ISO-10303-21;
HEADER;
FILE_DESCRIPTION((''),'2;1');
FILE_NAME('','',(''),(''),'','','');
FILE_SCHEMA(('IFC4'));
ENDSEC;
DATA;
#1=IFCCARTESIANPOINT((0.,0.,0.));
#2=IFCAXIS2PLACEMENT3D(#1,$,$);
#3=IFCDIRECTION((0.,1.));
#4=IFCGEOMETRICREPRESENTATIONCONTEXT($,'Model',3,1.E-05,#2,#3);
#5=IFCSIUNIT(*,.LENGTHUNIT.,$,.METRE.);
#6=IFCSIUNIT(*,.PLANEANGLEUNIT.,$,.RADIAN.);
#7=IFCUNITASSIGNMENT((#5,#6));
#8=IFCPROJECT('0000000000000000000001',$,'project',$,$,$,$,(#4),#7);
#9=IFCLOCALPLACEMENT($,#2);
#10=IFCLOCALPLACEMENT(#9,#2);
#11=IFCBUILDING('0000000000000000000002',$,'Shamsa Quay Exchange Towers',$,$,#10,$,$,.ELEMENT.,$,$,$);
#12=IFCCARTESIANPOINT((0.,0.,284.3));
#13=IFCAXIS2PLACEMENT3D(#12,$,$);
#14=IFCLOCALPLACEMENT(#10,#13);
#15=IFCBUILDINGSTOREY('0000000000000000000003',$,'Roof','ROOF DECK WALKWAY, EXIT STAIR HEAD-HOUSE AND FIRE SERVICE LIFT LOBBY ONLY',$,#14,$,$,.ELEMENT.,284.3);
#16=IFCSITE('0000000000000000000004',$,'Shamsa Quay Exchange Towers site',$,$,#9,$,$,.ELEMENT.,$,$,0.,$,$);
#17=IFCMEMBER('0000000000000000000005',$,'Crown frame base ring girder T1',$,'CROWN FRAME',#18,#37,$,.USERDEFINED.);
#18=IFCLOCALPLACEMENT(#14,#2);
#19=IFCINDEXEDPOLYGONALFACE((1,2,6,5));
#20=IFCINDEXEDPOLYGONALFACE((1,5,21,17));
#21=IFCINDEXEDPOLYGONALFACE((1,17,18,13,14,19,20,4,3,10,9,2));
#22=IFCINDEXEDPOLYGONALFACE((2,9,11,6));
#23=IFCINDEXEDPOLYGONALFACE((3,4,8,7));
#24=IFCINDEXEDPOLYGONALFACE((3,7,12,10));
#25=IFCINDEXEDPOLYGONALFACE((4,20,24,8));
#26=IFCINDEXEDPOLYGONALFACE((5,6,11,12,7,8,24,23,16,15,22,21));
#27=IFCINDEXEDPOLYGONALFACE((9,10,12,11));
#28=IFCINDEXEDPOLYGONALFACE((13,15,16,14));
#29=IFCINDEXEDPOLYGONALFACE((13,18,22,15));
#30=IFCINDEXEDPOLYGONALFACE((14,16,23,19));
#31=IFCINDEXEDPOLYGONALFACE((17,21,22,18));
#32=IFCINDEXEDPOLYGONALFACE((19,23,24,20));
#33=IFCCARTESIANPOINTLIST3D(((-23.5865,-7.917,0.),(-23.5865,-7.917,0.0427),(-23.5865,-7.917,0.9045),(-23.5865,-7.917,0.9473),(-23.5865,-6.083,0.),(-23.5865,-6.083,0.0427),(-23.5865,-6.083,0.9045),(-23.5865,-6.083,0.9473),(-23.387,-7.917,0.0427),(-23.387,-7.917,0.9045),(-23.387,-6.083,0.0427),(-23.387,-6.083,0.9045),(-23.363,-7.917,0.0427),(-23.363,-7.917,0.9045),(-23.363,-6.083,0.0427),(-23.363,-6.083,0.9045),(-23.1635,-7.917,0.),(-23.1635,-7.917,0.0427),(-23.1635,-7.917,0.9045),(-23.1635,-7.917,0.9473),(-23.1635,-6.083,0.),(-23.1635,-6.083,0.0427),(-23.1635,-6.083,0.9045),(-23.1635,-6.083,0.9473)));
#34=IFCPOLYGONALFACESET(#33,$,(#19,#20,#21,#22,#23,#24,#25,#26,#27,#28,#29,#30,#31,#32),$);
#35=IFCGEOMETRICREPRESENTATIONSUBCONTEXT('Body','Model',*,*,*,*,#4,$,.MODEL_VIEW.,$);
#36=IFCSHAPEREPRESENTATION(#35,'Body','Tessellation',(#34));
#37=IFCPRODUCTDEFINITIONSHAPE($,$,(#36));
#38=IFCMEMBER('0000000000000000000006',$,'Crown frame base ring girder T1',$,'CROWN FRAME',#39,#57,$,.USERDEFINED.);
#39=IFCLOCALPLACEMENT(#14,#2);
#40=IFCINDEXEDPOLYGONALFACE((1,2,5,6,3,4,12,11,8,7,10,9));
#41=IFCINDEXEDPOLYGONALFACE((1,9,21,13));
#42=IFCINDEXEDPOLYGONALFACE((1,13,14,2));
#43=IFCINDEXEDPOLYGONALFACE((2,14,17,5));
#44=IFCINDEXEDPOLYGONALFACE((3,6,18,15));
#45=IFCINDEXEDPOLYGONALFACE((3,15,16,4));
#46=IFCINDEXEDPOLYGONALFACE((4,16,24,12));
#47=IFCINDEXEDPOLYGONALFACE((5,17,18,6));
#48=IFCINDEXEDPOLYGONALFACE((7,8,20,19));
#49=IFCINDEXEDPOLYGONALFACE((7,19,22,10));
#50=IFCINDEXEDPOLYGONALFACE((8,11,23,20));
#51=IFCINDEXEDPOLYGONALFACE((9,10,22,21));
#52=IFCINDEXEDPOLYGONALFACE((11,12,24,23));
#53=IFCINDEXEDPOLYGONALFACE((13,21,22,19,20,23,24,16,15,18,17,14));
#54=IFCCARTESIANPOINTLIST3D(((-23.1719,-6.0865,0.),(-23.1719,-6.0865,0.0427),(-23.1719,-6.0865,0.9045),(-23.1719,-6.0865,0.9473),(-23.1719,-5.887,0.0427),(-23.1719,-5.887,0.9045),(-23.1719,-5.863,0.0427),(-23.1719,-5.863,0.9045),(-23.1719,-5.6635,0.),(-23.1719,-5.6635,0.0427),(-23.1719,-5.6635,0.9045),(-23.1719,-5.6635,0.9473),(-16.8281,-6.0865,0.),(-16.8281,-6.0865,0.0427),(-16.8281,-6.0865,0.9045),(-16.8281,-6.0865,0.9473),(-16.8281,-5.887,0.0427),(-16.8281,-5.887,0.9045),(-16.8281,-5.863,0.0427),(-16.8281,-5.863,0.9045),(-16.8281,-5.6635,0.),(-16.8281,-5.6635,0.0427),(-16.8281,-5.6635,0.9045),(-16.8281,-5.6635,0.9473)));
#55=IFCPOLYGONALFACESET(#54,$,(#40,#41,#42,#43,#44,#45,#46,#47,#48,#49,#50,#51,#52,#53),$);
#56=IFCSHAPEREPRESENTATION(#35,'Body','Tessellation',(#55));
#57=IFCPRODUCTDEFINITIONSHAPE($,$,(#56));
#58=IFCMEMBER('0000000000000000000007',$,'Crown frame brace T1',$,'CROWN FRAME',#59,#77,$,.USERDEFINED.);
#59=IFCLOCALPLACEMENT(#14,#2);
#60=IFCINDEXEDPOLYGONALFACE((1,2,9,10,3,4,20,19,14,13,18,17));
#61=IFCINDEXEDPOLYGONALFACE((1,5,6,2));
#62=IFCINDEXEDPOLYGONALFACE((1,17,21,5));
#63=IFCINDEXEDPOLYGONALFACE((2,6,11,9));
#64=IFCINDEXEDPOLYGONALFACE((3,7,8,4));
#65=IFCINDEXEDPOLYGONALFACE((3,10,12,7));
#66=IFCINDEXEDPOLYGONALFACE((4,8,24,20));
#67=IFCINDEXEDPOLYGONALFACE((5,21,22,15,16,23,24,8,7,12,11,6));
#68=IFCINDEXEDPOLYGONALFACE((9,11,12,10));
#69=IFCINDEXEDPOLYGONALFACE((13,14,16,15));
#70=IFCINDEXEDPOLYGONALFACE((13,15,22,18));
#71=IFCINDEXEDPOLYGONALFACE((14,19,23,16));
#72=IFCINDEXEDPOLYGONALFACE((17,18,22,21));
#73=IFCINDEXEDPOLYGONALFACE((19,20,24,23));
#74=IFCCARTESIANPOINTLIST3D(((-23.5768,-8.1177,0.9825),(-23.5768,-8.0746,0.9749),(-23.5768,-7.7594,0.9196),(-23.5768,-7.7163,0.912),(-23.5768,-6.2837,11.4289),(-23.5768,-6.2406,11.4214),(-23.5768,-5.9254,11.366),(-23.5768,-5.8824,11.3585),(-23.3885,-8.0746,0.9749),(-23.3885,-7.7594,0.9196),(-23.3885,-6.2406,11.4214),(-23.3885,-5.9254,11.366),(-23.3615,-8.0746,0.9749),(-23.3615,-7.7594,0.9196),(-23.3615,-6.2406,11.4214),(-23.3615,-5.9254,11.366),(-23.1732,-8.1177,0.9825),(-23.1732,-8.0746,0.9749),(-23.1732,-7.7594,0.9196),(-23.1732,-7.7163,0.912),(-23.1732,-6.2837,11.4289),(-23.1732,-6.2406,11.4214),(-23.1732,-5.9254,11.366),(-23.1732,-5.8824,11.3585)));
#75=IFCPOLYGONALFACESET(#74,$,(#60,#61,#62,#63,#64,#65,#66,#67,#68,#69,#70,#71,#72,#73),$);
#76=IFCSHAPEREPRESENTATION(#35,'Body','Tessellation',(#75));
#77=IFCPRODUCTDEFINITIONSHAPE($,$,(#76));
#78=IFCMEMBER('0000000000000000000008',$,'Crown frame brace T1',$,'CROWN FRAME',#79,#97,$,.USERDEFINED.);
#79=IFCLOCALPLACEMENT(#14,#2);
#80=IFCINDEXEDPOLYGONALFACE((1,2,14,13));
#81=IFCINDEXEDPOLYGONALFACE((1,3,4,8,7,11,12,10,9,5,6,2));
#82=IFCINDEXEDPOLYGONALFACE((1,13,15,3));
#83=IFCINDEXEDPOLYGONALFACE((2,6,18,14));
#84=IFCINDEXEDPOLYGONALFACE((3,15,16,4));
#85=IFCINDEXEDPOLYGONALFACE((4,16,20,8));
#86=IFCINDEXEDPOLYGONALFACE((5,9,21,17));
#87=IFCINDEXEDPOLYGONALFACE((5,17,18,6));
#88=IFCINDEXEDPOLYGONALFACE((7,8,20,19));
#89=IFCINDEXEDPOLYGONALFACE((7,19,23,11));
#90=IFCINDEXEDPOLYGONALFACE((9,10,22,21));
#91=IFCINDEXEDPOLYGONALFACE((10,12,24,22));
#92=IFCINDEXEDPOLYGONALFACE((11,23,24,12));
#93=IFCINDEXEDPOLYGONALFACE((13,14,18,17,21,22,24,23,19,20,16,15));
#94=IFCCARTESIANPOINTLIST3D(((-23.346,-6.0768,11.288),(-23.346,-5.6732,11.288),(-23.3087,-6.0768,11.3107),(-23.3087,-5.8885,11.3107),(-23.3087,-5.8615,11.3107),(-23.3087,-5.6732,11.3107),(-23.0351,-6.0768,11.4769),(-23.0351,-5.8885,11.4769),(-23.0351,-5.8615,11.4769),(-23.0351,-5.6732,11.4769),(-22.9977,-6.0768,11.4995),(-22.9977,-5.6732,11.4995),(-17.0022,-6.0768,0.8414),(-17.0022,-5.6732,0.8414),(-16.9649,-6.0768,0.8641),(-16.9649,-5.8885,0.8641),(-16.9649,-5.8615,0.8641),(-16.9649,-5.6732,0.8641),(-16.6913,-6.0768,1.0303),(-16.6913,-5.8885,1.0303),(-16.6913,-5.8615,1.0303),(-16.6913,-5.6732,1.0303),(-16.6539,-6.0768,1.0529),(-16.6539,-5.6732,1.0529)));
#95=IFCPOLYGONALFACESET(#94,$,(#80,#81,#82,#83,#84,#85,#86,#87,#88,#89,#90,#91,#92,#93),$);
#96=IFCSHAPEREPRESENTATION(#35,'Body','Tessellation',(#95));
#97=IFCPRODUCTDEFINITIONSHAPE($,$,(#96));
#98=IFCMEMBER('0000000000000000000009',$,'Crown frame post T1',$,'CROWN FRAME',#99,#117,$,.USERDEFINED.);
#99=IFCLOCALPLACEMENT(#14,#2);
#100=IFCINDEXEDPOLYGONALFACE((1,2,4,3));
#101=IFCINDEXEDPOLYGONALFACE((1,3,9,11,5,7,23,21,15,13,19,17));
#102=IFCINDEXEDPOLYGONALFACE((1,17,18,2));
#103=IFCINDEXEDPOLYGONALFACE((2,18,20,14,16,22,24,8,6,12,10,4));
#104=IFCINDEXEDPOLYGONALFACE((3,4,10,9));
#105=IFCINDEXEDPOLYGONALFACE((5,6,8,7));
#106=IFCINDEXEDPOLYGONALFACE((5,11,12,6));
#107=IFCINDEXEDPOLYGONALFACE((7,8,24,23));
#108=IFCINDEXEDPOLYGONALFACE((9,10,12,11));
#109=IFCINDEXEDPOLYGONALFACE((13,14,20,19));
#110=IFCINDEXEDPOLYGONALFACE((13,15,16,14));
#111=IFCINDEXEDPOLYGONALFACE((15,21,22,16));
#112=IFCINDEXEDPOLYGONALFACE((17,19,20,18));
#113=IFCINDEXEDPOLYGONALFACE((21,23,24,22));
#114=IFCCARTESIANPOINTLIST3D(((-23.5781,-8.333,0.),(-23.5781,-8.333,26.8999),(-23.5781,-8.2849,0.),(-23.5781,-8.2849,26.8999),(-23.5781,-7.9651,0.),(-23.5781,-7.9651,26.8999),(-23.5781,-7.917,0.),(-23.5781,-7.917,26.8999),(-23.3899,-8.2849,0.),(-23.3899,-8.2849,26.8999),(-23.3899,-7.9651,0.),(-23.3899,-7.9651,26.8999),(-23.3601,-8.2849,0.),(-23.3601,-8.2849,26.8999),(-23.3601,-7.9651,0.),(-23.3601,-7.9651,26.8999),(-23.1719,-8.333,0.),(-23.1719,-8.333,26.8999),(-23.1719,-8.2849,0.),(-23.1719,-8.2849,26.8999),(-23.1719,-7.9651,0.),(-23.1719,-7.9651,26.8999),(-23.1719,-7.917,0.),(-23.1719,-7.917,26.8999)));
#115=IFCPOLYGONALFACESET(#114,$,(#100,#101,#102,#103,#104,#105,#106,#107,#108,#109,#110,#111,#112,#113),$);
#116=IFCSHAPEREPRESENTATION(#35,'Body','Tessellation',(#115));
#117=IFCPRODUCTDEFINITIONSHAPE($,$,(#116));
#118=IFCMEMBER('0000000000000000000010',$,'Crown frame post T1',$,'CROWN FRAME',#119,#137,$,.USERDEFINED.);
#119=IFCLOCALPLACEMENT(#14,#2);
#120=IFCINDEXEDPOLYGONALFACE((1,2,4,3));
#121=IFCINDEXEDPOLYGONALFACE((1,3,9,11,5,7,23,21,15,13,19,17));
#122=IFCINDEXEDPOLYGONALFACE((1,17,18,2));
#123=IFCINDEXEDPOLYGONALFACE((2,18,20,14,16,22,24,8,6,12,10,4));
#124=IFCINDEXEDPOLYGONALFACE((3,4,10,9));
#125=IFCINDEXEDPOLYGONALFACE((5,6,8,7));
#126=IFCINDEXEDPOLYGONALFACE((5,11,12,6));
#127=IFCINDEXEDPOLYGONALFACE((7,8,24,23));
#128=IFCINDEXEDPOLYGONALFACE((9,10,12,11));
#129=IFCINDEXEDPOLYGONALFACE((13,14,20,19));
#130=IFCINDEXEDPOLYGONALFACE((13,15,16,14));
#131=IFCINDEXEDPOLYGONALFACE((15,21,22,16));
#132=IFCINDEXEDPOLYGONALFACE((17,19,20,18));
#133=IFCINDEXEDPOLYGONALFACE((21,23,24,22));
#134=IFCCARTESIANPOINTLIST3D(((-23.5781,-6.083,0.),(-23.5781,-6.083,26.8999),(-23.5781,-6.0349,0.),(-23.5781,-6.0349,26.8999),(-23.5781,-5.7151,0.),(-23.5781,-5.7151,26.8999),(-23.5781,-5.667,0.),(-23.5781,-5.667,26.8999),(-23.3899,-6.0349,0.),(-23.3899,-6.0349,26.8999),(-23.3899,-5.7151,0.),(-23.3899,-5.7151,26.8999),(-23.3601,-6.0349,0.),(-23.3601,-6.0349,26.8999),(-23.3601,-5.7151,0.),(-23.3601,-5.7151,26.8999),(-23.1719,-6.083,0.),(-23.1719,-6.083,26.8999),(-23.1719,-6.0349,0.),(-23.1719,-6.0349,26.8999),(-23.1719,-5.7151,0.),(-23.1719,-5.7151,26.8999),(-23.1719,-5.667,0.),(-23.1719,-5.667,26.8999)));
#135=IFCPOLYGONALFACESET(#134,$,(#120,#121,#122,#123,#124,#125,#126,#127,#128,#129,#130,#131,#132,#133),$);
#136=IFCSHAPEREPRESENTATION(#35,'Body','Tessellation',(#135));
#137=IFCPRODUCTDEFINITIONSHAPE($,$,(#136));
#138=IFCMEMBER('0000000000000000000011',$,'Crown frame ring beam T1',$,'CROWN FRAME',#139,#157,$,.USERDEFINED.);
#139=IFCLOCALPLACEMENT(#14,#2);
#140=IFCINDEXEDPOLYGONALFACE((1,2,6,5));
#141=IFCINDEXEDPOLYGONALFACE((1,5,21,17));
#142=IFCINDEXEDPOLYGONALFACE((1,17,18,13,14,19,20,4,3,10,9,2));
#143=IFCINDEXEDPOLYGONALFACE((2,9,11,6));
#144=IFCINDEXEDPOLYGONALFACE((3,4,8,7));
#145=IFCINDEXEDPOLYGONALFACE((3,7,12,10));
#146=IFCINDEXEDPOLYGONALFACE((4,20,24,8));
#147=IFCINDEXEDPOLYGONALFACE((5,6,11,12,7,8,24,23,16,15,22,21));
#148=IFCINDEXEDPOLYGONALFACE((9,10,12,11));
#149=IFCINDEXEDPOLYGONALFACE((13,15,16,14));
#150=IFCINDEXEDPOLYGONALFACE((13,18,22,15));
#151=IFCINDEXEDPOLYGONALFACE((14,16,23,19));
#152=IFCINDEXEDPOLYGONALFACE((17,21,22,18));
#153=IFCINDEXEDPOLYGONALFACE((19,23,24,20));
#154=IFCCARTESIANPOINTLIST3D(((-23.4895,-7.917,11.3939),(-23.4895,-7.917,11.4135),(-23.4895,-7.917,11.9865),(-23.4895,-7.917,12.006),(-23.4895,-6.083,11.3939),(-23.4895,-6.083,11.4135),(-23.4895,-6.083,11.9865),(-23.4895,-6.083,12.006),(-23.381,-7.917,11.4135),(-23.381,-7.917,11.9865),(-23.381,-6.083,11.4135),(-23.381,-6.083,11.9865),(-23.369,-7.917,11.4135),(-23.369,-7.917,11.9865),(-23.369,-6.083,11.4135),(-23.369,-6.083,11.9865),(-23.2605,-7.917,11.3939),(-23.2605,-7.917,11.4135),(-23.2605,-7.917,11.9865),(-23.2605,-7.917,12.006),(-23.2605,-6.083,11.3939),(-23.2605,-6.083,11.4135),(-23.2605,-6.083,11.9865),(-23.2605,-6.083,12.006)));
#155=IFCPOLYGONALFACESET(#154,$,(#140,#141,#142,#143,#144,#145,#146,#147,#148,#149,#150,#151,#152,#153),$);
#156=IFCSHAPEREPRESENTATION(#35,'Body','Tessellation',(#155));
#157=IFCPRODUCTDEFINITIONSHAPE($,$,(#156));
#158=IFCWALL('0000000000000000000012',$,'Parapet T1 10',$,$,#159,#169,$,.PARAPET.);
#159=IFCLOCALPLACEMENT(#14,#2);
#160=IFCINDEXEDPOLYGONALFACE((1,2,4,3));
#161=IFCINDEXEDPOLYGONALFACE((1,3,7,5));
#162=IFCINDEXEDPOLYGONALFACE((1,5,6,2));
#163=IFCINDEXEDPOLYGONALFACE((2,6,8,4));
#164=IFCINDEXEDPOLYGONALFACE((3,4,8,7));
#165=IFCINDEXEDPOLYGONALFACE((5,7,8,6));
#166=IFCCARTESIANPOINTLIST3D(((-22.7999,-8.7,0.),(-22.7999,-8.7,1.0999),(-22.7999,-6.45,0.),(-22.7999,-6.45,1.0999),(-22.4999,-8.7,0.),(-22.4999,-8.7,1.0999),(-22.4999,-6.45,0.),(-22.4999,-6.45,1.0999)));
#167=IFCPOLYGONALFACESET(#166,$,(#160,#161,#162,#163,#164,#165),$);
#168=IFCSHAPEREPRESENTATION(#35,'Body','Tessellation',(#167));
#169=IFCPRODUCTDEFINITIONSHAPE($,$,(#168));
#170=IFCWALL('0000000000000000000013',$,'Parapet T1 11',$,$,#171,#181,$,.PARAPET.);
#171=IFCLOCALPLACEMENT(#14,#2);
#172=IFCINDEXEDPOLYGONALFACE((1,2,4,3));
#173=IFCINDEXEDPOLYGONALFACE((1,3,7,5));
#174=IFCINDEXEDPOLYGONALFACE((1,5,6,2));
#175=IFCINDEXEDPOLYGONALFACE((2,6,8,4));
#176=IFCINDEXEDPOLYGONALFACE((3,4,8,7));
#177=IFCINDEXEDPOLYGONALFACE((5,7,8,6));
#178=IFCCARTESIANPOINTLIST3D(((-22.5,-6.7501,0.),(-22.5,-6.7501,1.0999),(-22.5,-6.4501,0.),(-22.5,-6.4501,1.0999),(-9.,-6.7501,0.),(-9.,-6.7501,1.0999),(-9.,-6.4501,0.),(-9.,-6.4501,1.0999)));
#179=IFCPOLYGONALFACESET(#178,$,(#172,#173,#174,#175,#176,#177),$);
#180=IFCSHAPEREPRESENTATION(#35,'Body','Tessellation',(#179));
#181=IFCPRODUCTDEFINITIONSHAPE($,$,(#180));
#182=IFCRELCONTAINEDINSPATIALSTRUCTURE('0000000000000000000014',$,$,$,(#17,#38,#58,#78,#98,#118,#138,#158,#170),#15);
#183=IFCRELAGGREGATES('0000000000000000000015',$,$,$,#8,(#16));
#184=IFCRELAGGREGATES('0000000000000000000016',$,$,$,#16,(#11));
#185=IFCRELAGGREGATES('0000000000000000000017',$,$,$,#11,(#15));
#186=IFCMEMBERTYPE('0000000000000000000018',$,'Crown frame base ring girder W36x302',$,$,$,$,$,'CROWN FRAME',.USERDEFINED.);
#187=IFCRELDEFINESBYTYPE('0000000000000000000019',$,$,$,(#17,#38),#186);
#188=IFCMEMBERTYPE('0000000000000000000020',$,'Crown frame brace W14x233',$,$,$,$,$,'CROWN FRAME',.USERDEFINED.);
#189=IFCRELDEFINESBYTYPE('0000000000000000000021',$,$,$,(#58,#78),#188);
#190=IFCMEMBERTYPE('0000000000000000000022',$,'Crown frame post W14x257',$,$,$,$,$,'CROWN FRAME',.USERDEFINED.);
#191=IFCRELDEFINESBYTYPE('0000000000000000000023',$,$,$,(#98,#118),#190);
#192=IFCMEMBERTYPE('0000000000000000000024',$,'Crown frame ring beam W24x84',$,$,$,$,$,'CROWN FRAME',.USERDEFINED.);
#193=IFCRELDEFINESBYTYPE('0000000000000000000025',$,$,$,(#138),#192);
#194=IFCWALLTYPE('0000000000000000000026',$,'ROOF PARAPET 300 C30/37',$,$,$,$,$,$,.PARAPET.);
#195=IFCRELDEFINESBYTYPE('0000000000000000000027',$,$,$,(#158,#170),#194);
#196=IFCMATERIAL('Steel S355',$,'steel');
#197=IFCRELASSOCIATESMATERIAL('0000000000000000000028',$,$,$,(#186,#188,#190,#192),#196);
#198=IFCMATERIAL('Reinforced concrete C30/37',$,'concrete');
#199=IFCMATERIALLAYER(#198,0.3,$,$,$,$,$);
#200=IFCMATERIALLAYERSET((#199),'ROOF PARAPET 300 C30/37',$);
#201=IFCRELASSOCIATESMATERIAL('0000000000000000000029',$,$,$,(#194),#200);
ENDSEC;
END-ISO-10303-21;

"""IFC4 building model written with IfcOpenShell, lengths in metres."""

from ifc_helpers import new_model, si_unit, direction, frame, frame_2d, origin, origin_2d, place, context, subcontext, project, spatial, rectangle, i_section, extrude, material, layer, layer_set, material_profile, profile_set, type_object, element, save


model = new_model("IFC4")

# Units and contexts
model_context = context("Model", 3, precision=1e-05, world=origin(), true_north=direction((0.0, 1.0)))
body_context = subcontext(model_context, "Body", "Model", "MODEL_VIEW")
ifc_project = project(units=[si_unit("LENGTHUNIT", "METRE"), si_unit("PLANEANGLEUNIT", "RADIAN")], contexts=[model_context])

# Site, building, storey
site_placement = place(None, origin())
site = spatial("IfcSite", under=ifc_project, at=site_placement, Name="Shamsa Quay Exchange Towers site", CompositionType="ELEMENT", RefElevation=0.0)
building_placement = place(site_placement, origin())
building = spatial("IfcBuilding", under=site, at=building_placement, Name="Shamsa Quay Exchange Towers", CompositionType="ELEMENT")
storey_placement = place(building_placement, frame((0.0, 0.0, 284.3)))
storey = spatial("IfcBuildingStorey", under=building, at=storey_placement, Name="Roof", Description="ROOF DECK WALKWAY, EXIT STAIR HEAD-HOUSE AND FIRE SERVICE LIFT LOBBY ONLY", CompositionType="ELEMENT", Elevation=284.3)

# Members
ifc_material_1 = material(Name="Steel S355", Category="steel")
ifc_material_profile_1 = material_profile(ifc_material_1, i_section(OverallWidth=0.4231, OverallDepth=0.9473, WebThickness=0.0239, FlangeThickness=0.0427, at=origin_2d()), Name="W36x302")
ifc_profile_set_1 = profile_set([ifc_material_profile_1], Name="Steel S355")
member_type_1 = type_object("IfcMemberType", Name="Crown frame base ring girder W36x302", ElementType="CROWN FRAME", PredefinedType="USERDEFINED", material=ifc_profile_set_1)
member_1_placement = place(storey_placement, frame((-23.375, -7.917, 0.4736), z_axis=(0.0, 1.0, 0.0), x_axis=(-1.0, 0.0, 0.0)))
element("IfcMember", 1, at=member_1_placement, inside=storey, type_object=member_type_1, Name="Crown frame base ring girder T1", ObjectType="CROWN FRAME", PredefinedType="USERDEFINED", context=body_context, shape_type="SweptSolid", body=[
    extrude(i_section(OverallWidth=0.4231, OverallDepth=0.9473, WebThickness=0.0239, FlangeThickness=0.0427, at=origin_2d()), origin(), (0.0, 0.0, 1.0), 1.834),
])
member_2_placement = place(storey_placement, frame((-23.1719, -5.875, 0.4736), z_axis=(1.0, 0.0, 0.0), x_axis=(0.0, 1.0, 0.0)))
element("IfcMember", 2, at=member_2_placement, inside=storey, type_object=member_type_1, Name="Crown frame base ring girder T1", ObjectType="CROWN FRAME", PredefinedType="USERDEFINED", context=body_context, shape_type="SweptSolid", body=[
    extrude(i_section(OverallWidth=0.4231, OverallDepth=0.9473, WebThickness=0.0239, FlangeThickness=0.0427, at=origin_2d()), origin(), (0.0, 0.0, 1.0), 6.3438),
])
ifc_material_profile_2 = material_profile(ifc_material_1, i_section(OverallWidth=0.4036, OverallDepth=0.4075, WebThickness=0.0271, FlangeThickness=0.0437, at=origin_2d()), Name="W14x233")
ifc_profile_set_2 = profile_set([ifc_material_profile_2], Name="Steel S355")
member_type_2 = type_object("IfcMemberType", Name="Crown frame brace W14x233", ElementType="CROWN FRAME", PredefinedType="USERDEFINED", material=ifc_profile_set_2)
member_3_placement = place(storey_placement, frame((-23.375, -7.917, 0.9473), z_axis=(0.0, 0.172915, 0.984937), x_axis=(-1.0, 0.0, 0.0)))
element("IfcMember", 3, at=member_3_placement, inside=storey, type_object=member_type_2, Name="Crown frame brace T1", ObjectType="CROWN FRAME", PredefinedType="USERDEFINED", context=body_context, shape_type="SweptSolid", body=[
    extrude(i_section(OverallWidth=0.4036, OverallDepth=0.4075, WebThickness=0.0271, FlangeThickness=0.0437, at=origin_2d()), origin(), (0.0, 0.0, 1.0), 10.6062),
])
member_4_placement = place(storey_placement, frame((-23.1719, -5.875, 11.3938), z_axis=(0.519051, 0.0, -0.854744), x_axis=(0.0, 1.0, 0.0)))
element("IfcMember", 4, at=member_4_placement, inside=storey, type_object=member_type_2, Name="Crown frame brace T1", ObjectType="CROWN FRAME", PredefinedType="USERDEFINED", context=body_context, shape_type="SweptSolid", body=[
    extrude(i_section(OverallWidth=0.4036, OverallDepth=0.4075, WebThickness=0.0271, FlangeThickness=0.0437, at=origin_2d()), origin(), (0.0, 0.0, 1.0), 12.2219),
])
ifc_material_profile_3 = material_profile(ifc_material_1, i_section(OverallWidth=0.4062, OverallDepth=0.416, WebThickness=0.0298, FlangeThickness=0.0481, at=origin_2d()), Name="W14x257")
ifc_profile_set_3 = profile_set([ifc_material_profile_3], Name="Steel S355")
member_type_3 = type_object("IfcMemberType", Name="Crown frame post W14x257", ElementType="CROWN FRAME", PredefinedType="USERDEFINED", material=ifc_profile_set_3)
for number, where, name in (
    (5, (-23.375, -8.125, 0.0), "Crown frame post T1"),
    (6, (-23.375, -5.875, 0.0), "Crown frame post T1"),
):
    element("IfcMember", number, at=place(storey_placement, frame(where)), inside=storey, type_object=member_type_3, Name=name, ObjectType="CROWN FRAME", PredefinedType="USERDEFINED", context=body_context, shape_type="SweptSolid", body=[
        extrude(i_section(OverallWidth=0.4062, OverallDepth=0.416, WebThickness=0.0298, FlangeThickness=0.0481, at=origin_2d()), origin(), (0.0, 0.0, 1.0), 26.8999),
    ])
ifc_material_profile_4 = material_profile(ifc_material_1, i_section(OverallWidth=0.229, OverallDepth=0.6121, WebThickness=0.012, FlangeThickness=0.0195, at=origin_2d()), Name="W24x84")
ifc_profile_set_4 = profile_set([ifc_material_profile_4], Name="Steel S355")
member_type_4 = type_object("IfcMemberType", Name="Crown frame ring beam W24x84", ElementType="CROWN FRAME", PredefinedType="USERDEFINED", material=ifc_profile_set_4)
member_5_placement = place(storey_placement, frame((-23.375, -7.917, 11.7), z_axis=(0.0, 1.0, 0.0), x_axis=(-1.0, 0.0, 0.0)))
element("IfcMember", 7, at=member_5_placement, inside=storey, type_object=member_type_4, Name="Crown frame ring beam T1", ObjectType="CROWN FRAME", PredefinedType="USERDEFINED", context=body_context, shape_type="SweptSolid", body=[
    extrude(i_section(OverallWidth=0.229, OverallDepth=0.6121, WebThickness=0.012, FlangeThickness=0.0195, at=origin_2d()), origin(), (0.0, 0.0, 1.0), 1.834),
])

# Walls
ifc_material_2 = material(Name="Reinforced concrete C30/37", Category="concrete")
ifc_layer_1 = layer(ifc_material_2, 0.3)
ifc_layer_set_1 = layer_set([ifc_layer_1], Name="ROOF PARAPET 300 C30/37")
wall_type_1 = type_object("IfcWallType", Name="ROOF PARAPET 300 C30/37", PredefinedType="PARAPET", material=ifc_layer_set_1)
wall_1_placement = place(storey_placement, frame((-22.6499, -8.7, 0.0), z_axis=(0.0, 0.0, 1.0), x_axis=(0.0, 1.0, 0.0)))
element("IfcWall", 8, at=wall_1_placement, inside=storey, type_object=wall_type_1, Name="Parapet T1 10", PredefinedType="PARAPET", context=body_context, shape_type="SweptSolid", body=[
    extrude(rectangle(XDim=2.25, YDim=0.3, at=frame_2d((1.125, 0.0))), origin(), (0.0, 0.0, 1.0), 1.0999),
])
wall_2_placement = place(storey_placement, frame((-22.5, -6.6001, 0.0)))
element("IfcWall", 9, at=wall_2_placement, inside=storey, type_object=wall_type_1, Name="Parapet T1 11", PredefinedType="PARAPET", context=body_context, shape_type="SweptSolid", body=[
    extrude(rectangle(XDim=13.5, YDim=0.3, at=frame_2d((6.75, 0.0))), origin(), (0.0, 0.0, 1.0), 1.0999),
])

save(model, "model.ifc")
